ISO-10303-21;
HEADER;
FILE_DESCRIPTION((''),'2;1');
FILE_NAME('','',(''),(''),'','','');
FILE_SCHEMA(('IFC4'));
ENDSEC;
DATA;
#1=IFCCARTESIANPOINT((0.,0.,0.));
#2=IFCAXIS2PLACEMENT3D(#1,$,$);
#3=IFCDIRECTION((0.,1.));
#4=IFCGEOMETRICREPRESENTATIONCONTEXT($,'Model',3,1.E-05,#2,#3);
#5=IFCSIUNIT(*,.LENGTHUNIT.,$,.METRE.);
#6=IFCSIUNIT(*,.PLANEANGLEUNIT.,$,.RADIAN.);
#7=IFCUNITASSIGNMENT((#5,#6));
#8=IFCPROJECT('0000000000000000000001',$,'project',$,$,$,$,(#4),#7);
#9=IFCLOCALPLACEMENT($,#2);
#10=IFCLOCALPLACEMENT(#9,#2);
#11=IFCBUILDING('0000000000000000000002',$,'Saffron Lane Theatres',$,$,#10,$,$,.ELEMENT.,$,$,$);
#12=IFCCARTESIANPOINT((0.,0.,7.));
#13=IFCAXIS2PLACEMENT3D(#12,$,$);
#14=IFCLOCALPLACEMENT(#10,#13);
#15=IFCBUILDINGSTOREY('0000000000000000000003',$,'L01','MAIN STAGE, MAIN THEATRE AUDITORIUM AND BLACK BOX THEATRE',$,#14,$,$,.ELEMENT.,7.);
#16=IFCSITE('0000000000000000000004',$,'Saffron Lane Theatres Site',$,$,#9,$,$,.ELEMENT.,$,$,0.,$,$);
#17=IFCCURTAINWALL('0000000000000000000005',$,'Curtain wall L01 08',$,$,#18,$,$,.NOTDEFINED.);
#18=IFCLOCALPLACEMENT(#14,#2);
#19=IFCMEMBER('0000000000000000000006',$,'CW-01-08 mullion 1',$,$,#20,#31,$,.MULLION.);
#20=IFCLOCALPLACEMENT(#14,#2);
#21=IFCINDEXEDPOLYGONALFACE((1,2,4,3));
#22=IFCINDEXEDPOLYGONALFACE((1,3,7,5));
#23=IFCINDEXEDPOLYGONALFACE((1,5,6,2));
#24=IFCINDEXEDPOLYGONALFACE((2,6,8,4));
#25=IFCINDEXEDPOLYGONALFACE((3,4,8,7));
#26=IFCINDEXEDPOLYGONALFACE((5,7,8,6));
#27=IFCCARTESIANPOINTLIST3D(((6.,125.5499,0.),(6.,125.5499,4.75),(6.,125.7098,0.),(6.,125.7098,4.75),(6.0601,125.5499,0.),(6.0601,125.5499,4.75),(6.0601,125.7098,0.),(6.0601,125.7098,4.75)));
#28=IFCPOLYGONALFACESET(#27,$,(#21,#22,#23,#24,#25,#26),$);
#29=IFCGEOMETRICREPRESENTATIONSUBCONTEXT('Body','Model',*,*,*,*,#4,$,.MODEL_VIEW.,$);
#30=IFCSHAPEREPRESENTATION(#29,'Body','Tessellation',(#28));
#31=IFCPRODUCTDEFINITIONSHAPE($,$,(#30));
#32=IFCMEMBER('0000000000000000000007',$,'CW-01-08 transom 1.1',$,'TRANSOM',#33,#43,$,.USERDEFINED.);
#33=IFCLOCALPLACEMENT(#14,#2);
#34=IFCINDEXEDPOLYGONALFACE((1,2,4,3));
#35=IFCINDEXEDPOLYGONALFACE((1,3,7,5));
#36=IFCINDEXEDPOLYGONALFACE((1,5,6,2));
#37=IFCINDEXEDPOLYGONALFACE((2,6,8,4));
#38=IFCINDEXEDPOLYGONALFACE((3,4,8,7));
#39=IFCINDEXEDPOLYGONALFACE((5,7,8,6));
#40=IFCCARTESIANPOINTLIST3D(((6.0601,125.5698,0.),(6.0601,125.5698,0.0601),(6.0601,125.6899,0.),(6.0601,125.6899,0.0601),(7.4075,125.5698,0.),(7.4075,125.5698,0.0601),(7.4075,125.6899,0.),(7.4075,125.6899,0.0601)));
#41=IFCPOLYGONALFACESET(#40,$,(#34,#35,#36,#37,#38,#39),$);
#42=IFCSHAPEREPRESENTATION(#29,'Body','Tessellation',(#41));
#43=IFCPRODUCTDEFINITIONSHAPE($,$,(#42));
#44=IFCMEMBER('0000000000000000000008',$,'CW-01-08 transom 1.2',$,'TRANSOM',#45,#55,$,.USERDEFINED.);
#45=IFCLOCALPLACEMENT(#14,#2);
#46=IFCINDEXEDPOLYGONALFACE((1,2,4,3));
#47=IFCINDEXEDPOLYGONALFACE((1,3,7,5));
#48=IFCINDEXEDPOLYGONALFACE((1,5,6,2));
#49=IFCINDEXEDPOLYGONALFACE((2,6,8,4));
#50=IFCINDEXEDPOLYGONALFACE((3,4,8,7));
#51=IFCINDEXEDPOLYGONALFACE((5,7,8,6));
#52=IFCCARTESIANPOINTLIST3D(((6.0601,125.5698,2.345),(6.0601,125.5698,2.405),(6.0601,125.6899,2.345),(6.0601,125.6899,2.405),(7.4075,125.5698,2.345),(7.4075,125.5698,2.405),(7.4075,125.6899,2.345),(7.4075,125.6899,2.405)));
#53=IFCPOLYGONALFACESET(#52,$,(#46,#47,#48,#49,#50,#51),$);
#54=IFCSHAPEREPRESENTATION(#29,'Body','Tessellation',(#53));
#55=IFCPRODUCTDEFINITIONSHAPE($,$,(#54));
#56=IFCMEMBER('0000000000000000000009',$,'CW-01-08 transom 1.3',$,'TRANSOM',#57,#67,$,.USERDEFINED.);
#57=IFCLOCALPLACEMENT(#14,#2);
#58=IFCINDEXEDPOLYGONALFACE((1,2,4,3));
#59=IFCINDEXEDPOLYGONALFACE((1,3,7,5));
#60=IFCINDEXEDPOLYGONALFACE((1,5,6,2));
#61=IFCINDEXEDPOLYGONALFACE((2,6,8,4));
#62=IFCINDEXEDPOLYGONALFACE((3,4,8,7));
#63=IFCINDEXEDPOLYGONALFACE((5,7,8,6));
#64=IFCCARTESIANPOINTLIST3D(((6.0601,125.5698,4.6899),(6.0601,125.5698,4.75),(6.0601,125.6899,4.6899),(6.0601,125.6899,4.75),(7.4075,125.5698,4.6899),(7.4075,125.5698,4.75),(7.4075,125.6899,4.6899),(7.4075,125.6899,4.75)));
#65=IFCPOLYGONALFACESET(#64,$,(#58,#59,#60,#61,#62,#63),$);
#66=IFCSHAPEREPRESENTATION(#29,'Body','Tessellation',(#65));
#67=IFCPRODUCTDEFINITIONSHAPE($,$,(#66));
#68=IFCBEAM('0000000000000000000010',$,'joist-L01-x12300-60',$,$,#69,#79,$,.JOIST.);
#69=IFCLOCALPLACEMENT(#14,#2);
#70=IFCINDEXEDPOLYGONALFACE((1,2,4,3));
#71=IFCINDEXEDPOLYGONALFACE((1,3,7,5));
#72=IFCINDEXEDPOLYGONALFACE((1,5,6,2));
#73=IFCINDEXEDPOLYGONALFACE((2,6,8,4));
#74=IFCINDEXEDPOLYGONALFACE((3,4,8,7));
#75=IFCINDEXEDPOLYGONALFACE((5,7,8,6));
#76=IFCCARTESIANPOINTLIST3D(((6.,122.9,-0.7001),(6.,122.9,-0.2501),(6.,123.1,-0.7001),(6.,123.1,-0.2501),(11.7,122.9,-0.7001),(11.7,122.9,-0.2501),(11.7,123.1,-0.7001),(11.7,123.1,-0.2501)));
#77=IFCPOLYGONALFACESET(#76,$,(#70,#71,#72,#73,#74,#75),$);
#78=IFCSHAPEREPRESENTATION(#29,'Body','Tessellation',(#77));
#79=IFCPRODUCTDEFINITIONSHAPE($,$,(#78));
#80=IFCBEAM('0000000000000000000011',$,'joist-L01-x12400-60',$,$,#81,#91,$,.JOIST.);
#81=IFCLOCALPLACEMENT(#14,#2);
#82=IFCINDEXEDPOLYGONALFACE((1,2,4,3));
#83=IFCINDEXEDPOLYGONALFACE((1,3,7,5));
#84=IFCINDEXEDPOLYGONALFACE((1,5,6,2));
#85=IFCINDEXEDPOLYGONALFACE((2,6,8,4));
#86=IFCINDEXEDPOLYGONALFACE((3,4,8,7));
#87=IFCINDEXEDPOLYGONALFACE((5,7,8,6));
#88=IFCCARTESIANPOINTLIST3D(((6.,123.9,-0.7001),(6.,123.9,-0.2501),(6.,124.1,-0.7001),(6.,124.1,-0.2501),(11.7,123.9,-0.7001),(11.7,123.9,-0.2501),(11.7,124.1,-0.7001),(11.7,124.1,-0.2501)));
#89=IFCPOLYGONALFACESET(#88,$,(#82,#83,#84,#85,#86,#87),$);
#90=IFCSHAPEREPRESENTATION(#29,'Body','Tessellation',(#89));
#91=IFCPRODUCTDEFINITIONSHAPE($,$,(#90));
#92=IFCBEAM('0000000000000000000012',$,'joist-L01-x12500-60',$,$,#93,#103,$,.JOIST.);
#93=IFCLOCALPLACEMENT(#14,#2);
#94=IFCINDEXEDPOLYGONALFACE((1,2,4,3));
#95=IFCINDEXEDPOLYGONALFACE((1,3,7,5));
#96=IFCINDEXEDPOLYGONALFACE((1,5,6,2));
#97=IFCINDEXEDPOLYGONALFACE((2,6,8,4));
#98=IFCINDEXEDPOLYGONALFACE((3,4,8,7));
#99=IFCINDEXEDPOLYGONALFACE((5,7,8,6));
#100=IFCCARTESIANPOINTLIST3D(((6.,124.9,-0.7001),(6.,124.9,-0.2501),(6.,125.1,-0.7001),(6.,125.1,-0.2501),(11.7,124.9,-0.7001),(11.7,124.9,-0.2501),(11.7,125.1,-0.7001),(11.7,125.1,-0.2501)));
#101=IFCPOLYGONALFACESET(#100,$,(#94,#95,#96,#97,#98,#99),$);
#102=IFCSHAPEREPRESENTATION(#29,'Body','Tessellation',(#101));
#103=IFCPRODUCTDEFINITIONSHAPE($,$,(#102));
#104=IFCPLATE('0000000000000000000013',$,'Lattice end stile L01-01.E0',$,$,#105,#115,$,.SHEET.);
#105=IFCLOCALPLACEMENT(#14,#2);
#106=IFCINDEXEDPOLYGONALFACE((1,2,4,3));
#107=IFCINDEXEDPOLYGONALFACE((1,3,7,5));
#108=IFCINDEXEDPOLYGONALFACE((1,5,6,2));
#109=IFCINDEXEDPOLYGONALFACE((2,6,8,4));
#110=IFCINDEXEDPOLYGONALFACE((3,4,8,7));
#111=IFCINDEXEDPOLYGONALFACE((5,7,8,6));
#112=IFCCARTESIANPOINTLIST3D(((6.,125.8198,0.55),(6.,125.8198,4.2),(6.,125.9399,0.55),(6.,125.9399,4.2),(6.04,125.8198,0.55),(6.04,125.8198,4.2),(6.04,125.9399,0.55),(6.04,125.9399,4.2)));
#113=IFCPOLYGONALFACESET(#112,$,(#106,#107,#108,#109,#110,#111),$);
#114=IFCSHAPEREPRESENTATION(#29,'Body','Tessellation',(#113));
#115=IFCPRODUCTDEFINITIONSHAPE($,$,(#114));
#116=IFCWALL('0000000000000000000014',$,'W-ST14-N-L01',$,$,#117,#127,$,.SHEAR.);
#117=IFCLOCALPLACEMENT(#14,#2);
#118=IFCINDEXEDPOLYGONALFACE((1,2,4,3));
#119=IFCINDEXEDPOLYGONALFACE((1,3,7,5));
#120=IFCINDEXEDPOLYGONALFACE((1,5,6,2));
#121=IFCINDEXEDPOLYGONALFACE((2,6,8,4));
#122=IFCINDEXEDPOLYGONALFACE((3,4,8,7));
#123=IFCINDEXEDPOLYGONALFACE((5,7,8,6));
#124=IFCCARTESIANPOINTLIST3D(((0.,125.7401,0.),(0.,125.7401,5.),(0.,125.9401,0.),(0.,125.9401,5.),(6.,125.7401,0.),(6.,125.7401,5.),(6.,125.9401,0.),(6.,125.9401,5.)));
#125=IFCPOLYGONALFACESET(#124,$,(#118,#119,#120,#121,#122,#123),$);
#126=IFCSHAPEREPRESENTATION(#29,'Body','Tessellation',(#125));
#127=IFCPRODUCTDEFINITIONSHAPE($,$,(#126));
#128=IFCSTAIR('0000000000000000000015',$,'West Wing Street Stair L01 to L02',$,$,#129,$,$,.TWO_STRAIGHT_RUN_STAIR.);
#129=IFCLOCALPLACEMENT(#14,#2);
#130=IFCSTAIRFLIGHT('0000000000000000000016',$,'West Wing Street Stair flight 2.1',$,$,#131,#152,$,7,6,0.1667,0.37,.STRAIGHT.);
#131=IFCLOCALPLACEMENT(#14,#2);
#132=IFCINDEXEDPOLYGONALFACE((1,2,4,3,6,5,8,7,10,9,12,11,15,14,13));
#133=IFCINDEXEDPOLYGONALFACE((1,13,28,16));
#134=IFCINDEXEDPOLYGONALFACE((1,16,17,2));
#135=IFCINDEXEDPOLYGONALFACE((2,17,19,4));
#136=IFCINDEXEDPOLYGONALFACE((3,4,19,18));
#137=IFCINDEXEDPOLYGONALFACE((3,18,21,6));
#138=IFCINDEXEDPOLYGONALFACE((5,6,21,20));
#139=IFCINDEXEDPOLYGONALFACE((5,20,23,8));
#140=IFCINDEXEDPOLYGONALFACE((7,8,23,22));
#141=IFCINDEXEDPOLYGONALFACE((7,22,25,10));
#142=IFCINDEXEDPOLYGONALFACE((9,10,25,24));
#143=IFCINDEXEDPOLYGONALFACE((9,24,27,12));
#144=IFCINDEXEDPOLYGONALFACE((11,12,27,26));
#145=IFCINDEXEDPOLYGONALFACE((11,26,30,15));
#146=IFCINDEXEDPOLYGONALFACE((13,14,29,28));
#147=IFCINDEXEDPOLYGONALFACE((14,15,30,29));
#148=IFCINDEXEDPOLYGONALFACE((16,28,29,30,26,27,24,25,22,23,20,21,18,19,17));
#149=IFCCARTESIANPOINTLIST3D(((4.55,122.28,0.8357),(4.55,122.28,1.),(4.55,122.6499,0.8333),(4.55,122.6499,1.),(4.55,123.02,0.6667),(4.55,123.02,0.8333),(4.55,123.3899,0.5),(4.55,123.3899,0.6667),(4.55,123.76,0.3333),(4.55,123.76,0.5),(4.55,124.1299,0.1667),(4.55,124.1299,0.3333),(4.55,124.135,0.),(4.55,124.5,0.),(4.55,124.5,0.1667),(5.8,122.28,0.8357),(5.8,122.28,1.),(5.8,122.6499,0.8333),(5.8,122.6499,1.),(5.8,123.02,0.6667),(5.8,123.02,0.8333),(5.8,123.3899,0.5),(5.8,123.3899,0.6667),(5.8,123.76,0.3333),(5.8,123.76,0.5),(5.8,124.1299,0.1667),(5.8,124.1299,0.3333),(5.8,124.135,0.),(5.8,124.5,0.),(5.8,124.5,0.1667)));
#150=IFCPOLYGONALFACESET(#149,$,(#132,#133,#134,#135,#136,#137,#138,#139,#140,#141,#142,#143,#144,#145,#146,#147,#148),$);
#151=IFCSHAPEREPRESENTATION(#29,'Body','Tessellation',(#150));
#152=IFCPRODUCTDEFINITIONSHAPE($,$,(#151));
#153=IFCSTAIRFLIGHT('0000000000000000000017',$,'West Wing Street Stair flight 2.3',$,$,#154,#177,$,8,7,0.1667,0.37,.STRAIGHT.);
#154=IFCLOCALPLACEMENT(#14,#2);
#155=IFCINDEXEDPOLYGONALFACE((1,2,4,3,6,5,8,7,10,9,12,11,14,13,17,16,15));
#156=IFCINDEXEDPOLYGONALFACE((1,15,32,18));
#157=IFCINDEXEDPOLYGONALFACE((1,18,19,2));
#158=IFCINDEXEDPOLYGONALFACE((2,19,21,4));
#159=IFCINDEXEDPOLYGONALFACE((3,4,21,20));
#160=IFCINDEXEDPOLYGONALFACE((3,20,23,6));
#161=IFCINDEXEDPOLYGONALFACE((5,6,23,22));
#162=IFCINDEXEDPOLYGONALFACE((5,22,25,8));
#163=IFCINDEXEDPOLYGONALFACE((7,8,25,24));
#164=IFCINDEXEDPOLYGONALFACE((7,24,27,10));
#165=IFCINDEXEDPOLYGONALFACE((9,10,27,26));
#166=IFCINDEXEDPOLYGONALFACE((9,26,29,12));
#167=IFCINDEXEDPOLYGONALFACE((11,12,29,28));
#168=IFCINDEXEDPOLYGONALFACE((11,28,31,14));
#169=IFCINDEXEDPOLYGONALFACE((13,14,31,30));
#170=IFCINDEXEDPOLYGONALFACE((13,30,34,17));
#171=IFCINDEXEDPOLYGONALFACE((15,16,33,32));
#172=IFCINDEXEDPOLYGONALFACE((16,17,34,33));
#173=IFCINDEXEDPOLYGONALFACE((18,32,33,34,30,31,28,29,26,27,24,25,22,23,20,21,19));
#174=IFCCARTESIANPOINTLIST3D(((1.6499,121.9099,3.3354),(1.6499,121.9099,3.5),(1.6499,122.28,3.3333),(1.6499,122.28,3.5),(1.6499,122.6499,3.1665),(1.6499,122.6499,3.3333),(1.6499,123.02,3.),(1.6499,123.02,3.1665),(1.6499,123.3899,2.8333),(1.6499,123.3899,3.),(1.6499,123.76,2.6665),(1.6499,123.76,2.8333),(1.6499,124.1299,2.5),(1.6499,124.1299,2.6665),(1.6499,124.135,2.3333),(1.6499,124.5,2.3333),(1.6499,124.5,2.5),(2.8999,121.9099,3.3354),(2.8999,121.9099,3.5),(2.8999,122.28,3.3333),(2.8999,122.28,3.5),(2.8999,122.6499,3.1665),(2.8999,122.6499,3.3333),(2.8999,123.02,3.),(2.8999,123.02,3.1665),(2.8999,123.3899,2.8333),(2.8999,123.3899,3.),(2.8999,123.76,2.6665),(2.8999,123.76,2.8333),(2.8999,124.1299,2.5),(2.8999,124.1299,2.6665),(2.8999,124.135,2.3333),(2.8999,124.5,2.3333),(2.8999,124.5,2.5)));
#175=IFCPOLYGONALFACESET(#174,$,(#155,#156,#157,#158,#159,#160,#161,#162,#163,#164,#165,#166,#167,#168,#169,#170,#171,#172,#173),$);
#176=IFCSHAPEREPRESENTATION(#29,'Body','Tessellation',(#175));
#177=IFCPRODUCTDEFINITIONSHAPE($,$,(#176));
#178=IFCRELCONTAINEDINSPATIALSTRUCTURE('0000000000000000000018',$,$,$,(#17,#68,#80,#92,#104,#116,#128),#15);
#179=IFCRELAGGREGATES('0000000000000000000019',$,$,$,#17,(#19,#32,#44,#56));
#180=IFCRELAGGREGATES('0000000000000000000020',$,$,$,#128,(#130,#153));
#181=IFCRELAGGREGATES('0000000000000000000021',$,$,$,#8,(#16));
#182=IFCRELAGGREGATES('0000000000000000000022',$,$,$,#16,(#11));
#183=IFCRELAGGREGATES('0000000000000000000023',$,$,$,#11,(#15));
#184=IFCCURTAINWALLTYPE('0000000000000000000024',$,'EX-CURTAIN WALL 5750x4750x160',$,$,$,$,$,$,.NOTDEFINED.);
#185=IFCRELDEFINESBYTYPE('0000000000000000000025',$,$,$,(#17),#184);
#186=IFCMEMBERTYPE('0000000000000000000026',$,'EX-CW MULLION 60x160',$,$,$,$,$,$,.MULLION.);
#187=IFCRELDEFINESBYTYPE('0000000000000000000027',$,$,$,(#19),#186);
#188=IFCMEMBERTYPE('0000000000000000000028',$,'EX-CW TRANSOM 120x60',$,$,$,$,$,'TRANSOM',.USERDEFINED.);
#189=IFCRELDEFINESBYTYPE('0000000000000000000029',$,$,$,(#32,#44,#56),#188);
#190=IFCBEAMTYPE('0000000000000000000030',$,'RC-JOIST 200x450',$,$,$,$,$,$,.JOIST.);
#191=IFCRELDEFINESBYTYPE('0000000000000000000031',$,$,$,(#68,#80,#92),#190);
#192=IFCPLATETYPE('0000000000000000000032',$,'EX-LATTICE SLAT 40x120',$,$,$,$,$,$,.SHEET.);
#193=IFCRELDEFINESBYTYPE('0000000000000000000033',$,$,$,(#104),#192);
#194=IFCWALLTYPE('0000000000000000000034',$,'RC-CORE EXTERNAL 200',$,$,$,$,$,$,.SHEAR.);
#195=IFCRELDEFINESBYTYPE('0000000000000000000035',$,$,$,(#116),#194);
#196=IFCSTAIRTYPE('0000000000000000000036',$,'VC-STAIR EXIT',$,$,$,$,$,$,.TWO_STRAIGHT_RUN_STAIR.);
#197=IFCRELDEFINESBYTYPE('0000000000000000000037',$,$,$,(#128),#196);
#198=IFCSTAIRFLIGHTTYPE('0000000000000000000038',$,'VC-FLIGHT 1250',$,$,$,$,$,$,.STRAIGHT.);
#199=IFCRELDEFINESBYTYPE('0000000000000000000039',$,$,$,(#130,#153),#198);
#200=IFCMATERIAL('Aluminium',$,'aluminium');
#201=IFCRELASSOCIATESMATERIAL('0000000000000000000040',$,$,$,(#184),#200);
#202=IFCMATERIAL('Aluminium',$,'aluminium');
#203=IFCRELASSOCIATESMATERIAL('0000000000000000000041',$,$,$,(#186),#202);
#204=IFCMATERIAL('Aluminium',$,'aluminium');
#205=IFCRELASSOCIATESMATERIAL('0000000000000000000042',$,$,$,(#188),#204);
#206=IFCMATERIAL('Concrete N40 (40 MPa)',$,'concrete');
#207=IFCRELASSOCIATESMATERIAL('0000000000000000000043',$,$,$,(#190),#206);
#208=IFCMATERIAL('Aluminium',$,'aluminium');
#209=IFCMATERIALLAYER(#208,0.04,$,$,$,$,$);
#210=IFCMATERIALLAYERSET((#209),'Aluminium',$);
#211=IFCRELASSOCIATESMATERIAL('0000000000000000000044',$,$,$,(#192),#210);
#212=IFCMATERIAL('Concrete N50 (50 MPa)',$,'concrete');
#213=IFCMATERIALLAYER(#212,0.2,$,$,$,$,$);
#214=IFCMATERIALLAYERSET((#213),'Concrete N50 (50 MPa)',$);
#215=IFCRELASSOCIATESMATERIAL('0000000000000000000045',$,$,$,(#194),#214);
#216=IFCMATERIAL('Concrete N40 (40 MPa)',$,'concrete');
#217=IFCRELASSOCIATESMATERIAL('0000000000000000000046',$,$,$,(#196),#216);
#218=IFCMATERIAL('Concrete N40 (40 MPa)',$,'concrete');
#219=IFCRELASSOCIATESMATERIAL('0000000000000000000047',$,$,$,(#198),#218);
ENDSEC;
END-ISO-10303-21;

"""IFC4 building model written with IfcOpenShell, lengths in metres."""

from ifc_helpers import new_model, si_unit, direction, frame, frame_2d, origin, origin_2d, place, context, subcontext, project, spatial, polyline, rectangle, outline, extrude, material, layer, layer_set, material_profile, profile_set, type_object, element, aggregate, save


model = new_model("IFC4")

# Units and contexts
model_context = context("Model", 3, precision=1e-05, world=origin(), true_north=direction((0.0, 1.0)))
body_context = subcontext(model_context, "Body", "Model", "MODEL_VIEW")
ifc_project = project(units=[si_unit("LENGTHUNIT", "METRE"), si_unit("PLANEANGLEUNIT", "RADIAN")], contexts=[model_context])

# Site, building, storey
site_placement = place(None, origin())
site = spatial("IfcSite", under=ifc_project, at=site_placement, Name="Saffron Lane Theatres Site", CompositionType="ELEMENT", RefElevation=0.0)
building_placement = place(site_placement, origin())
building = spatial("IfcBuilding", under=site, at=building_placement, Name="Saffron Lane Theatres", CompositionType="ELEMENT")
storey_placement = place(building_placement, frame((0.0, 0.0, 7.0)))
storey = spatial("IfcBuildingStorey", under=building, at=storey_placement, Name="L01", Description="MAIN STAGE, MAIN THEATRE AUDITORIUM AND BLACK BOX THEATRE", CompositionType="ELEMENT", Elevation=7.0)

# Curtain wall, members
ifc_material_1 = material(Name="Aluminium", Category="aluminium")
curtain_wall_type = type_object("IfcCurtainWallType", Name="EX-CURTAIN WALL 5750x4750x160", PredefinedType="NOTDEFINED", material=ifc_material_1)
curtain_wall_placement = place(storey_placement, origin())
curtain_wall = element("IfcCurtainWall", 1, at=curtain_wall_placement, inside=storey, type_object=curtain_wall_type, Name="Curtain wall L01 08", PredefinedType="NOTDEFINED")
ifc_material_2 = material(Name="Aluminium", Category="aluminium")
ifc_material_profile_1 = material_profile(ifc_material_2, rectangle(XDim=0.0601, YDim=0.1599, at=origin_2d()))
ifc_profile_set_1 = profile_set([ifc_material_profile_1], Name="Aluminium")
member_type_1 = type_object("IfcMemberType", Name="EX-CW MULLION 60x160", PredefinedType="MULLION", material=ifc_profile_set_1)
member_1_placement = place(storey_placement, frame((6.03, 125.6299, 0.0), z_axis=(0.0, 0.0, 1.0), x_axis=(1.0, 0.0, 0.0)))
member_1 = element("IfcMember", 2, at=member_1_placement, type_object=member_type_1, Name="CW-01-08 mullion 1", PredefinedType="MULLION", context=body_context, shape_type="SweptSolid", body=[
    extrude(rectangle(XDim=0.0601, YDim=0.1599, at=origin_2d()), origin(), (0.0, 0.0, 1.0), 4.75),
])
ifc_material_3 = material(Name="Aluminium", Category="aluminium")
ifc_material_profile_2 = material_profile(ifc_material_3, rectangle(XDim=0.1201, YDim=0.0601, at=origin_2d()))
ifc_profile_set_2 = profile_set([ifc_material_profile_2], Name="Aluminium")
member_type_2 = type_object("IfcMemberType", Name="EX-CW TRANSOM 120x60", ElementType="TRANSOM", PredefinedType="USERDEFINED", material=ifc_profile_set_2)
member_2_placement = place(storey_placement, frame((6.0601, 125.6299, 0.03), z_axis=(1.0, 0.0, 0.0), x_axis=(0.0, 1.0, 0.0)))
member_2 = element("IfcMember", 3, at=member_2_placement, type_object=member_type_2, Name="CW-01-08 transom 1.1", ObjectType="TRANSOM", PredefinedType="USERDEFINED", context=body_context, shape_type="SweptSolid", body=[
    extrude(rectangle(XDim=0.1201, YDim=0.0601, at=origin_2d()), origin(), (0.0, 0.0, 1.0), 1.3474),
])
member_3_placement = place(storey_placement, frame((6.0601, 125.6299, 2.375), z_axis=(1.0, 0.0, 0.0), x_axis=(0.0, 1.0, 0.0)))
member_3 = element("IfcMember", 4, at=member_3_placement, type_object=member_type_2, Name="CW-01-08 transom 1.2", ObjectType="TRANSOM", PredefinedType="USERDEFINED", context=body_context, shape_type="SweptSolid", body=[
    extrude(rectangle(XDim=0.1201, YDim=0.0601, at=origin_2d()), origin(), (0.0, 0.0, 1.0), 1.3474),
])
member_4_placement = place(storey_placement, frame((6.0601, 125.6299, 4.72), z_axis=(1.0, 0.0, 0.0), x_axis=(0.0, 1.0, 0.0)))
member_4 = element("IfcMember", 5, at=member_4_placement, type_object=member_type_2, Name="CW-01-08 transom 1.3", ObjectType="TRANSOM", PredefinedType="USERDEFINED", context=body_context, shape_type="SweptSolid", body=[
    extrude(rectangle(XDim=0.1201, YDim=0.0601, at=origin_2d()), origin(), (0.0, 0.0, 1.0), 1.3474),
])
aggregate(curtain_wall, [member_1, member_2, member_3, member_4])

# Beams
ifc_material_4 = material(Name="Concrete N40 (40 MPa)", Category="concrete")
ifc_material_profile_3 = material_profile(ifc_material_4, rectangle(XDim=0.2, YDim=0.45, at=origin_2d()))
ifc_profile_set_3 = profile_set([ifc_material_profile_3], Name="Concrete N40 (40 MPa)")
beam_type = type_object("IfcBeamType", Name="RC-JOIST 200x450", PredefinedType="JOIST", material=ifc_profile_set_3)
for number, where, z_axis, x_axis, name in (
    (6, (6.0, 123.0, -0.4751), (1.0, 0.0, 0.0), (0.0, 1.0, 0.0), "joist-L01-x12300-60"),
    (7, (6.0, 124.0, -0.4751), (1.0, 0.0, 0.0), (0.0, 1.0, 0.0), "joist-L01-x12400-60"),
    (8, (6.0, 125.0, -0.4751), (1.0, 0.0, 0.0), (0.0, 1.0, 0.0), "joist-L01-x12500-60"),
):
    element("IfcBeam", number, at=place(storey_placement, frame(where, z_axis=z_axis, x_axis=x_axis)), inside=storey, type_object=beam_type, Name=name, PredefinedType="JOIST", context=body_context, shape_type="SweptSolid", body=[
        extrude(rectangle(XDim=0.2, YDim=0.45, at=origin_2d()), origin(), (0.0, 0.0, 1.0), 5.7),
    ])

# Plate
ifc_material_5 = material(Name="Aluminium", Category="aluminium")
ifc_layer_1 = layer(ifc_material_5, 0.04)
ifc_layer_set_1 = layer_set([ifc_layer_1], Name="Aluminium")
plate_type = type_object("IfcPlateType", Name="EX-LATTICE SLAT 40x120", PredefinedType="SHEET", material=ifc_layer_set_1)
plate_placement = place(storey_placement, frame((6.02, 125.8799, 0.55), z_axis=(0.0, 0.0, 1.0), x_axis=(1.0, 0.0, 0.0)))
element("IfcPlate", 9, at=plate_placement, inside=storey, type_object=plate_type, Name="Lattice end stile L01-01.E0", PredefinedType="SHEET", context=body_context, shape_type="SweptSolid", body=[
    extrude(rectangle(XDim=0.04, YDim=0.1201, at=origin_2d()), origin(), (0.0, 0.0, 1.0), 3.6499),
])

# Wall
ifc_material_6 = material(Name="Concrete N50 (50 MPa)", Category="concrete")
ifc_layer_2 = layer(ifc_material_6, 0.2)
ifc_layer_set_2 = layer_set([ifc_layer_2], Name="Concrete N50 (50 MPa)")
wall_type = type_object("IfcWallType", Name="RC-CORE EXTERNAL 200", PredefinedType="SHEAR", material=ifc_layer_set_2)
wall_placement = place(storey_placement, frame((0.0, 125.8401, 0.0), z_axis=(0.0, 0.0, 1.0), x_axis=(1.0, 0.0, 0.0)))
element("IfcWall", 10, at=wall_placement, inside=storey, type_object=wall_type, Name="W-ST14-N-L01", PredefinedType="SHEAR", context=body_context, shape_type="SweptSolid", body=[
    extrude(rectangle(XDim=6.0, YDim=0.2, at=frame_2d((3.0, 0.0))), origin(), (0.0, 0.0, 1.0), 5.0),
])

# Stair, stair flights
ifc_material_7 = material(Name="Concrete N40 (40 MPa)", Category="concrete")
stair_type = type_object("IfcStairType", Name="VC-STAIR EXIT", PredefinedType="TWO_STRAIGHT_RUN_STAIR", material=ifc_material_7)
stair_placement = place(storey_placement, origin())
stair = element("IfcStair", 11, at=stair_placement, inside=storey, type_object=stair_type, Name="West Wing Street Stair L01 to L02", PredefinedType="TWO_STRAIGHT_RUN_STAIR")
ifc_material_8 = material(Name="Concrete N40 (40 MPa)", Category="concrete")
stair_flight_type = type_object("IfcStairFlightType", Name="VC-FLIGHT 1250", PredefinedType="STRAIGHT", material=ifc_material_8)
stair_flight_1_placement = place(storey_placement, frame((5.175, 124.5, 0.0), z_axis=(0.0, 0.0, 1.0), x_axis=(0.0, -1.0, 0.0)))
stair_flight_1 = element("IfcStairFlight", 12, at=stair_flight_1_placement, type_object=stair_flight_type, Name="West Wing Street Stair flight 2.1", NumberOfRisers=7, NumberOfTreads=6, PredefinedType="STRAIGHT", RiserHeight=0.1667, TreadLength=0.37, context=body_context, shape_type="SweptSolid", body=[
    extrude(outline(polyline([(0.0, 0.0), (0.0, 0.1667), (0.3701, 0.1667), (0.3701, 0.3333), (0.74, 0.3333), (0.74, 0.5), (1.1101, 0.5), (1.1101, 0.6667), (1.48, 0.6667), (1.48, 0.8333), (1.8501, 0.8333), (1.8501, 1.0), (2.22, 1.0), (2.22, 1.1667), (2.22, 0.8357), (0.365, 0.0), (0.0, 0.0)])), frame((0.0, 0.625, 0.0), z_axis=(0.0, -1.0, 0.0), x_axis=(1.0, 0.0, 0.0)), (0.0, 0.0, 1.0), 1.25),
])
stair_flight_2_placement = place(storey_placement, frame((2.2749, 124.5, 2.3333), z_axis=(0.0, 0.0, 1.0), x_axis=(0.0, -1.0, 0.0)))
stair_flight_2 = element("IfcStairFlight", 13, at=stair_flight_2_placement, type_object=stair_flight_type, Name="West Wing Street Stair flight 2.3", NumberOfRisers=8, NumberOfTreads=7, PredefinedType="STRAIGHT", RiserHeight=0.1667, TreadLength=0.37, context=body_context, shape_type="SweptSolid", body=[
    extrude(outline(polyline([(0.0, 0.0), (0.0, 0.1667), (0.3701, 0.1667), (0.3701, 0.3333), (0.74, 0.3333), (0.74, 0.5), (1.1101, 0.5), (1.1101, 0.6667), (1.48, 0.6667), (1.48, 0.8333), (1.8501, 0.8333), (1.8501, 1.0), (2.22, 1.0), (2.22, 1.1667), (2.5901, 1.1667), (2.5901, 1.3333), (2.5901, 1.0022), (0.365, 0.0), (0.0, 0.0)])), frame((0.0, 0.625, 0.0), z_axis=(0.0, -1.0, 0.0), x_axis=(1.0, 0.0, 0.0)), (0.0, 0.0, 1.0), 1.25),
])
aggregate(stair, [stair_flight_1, stair_flight_2])

save(model, "model.ifc")
